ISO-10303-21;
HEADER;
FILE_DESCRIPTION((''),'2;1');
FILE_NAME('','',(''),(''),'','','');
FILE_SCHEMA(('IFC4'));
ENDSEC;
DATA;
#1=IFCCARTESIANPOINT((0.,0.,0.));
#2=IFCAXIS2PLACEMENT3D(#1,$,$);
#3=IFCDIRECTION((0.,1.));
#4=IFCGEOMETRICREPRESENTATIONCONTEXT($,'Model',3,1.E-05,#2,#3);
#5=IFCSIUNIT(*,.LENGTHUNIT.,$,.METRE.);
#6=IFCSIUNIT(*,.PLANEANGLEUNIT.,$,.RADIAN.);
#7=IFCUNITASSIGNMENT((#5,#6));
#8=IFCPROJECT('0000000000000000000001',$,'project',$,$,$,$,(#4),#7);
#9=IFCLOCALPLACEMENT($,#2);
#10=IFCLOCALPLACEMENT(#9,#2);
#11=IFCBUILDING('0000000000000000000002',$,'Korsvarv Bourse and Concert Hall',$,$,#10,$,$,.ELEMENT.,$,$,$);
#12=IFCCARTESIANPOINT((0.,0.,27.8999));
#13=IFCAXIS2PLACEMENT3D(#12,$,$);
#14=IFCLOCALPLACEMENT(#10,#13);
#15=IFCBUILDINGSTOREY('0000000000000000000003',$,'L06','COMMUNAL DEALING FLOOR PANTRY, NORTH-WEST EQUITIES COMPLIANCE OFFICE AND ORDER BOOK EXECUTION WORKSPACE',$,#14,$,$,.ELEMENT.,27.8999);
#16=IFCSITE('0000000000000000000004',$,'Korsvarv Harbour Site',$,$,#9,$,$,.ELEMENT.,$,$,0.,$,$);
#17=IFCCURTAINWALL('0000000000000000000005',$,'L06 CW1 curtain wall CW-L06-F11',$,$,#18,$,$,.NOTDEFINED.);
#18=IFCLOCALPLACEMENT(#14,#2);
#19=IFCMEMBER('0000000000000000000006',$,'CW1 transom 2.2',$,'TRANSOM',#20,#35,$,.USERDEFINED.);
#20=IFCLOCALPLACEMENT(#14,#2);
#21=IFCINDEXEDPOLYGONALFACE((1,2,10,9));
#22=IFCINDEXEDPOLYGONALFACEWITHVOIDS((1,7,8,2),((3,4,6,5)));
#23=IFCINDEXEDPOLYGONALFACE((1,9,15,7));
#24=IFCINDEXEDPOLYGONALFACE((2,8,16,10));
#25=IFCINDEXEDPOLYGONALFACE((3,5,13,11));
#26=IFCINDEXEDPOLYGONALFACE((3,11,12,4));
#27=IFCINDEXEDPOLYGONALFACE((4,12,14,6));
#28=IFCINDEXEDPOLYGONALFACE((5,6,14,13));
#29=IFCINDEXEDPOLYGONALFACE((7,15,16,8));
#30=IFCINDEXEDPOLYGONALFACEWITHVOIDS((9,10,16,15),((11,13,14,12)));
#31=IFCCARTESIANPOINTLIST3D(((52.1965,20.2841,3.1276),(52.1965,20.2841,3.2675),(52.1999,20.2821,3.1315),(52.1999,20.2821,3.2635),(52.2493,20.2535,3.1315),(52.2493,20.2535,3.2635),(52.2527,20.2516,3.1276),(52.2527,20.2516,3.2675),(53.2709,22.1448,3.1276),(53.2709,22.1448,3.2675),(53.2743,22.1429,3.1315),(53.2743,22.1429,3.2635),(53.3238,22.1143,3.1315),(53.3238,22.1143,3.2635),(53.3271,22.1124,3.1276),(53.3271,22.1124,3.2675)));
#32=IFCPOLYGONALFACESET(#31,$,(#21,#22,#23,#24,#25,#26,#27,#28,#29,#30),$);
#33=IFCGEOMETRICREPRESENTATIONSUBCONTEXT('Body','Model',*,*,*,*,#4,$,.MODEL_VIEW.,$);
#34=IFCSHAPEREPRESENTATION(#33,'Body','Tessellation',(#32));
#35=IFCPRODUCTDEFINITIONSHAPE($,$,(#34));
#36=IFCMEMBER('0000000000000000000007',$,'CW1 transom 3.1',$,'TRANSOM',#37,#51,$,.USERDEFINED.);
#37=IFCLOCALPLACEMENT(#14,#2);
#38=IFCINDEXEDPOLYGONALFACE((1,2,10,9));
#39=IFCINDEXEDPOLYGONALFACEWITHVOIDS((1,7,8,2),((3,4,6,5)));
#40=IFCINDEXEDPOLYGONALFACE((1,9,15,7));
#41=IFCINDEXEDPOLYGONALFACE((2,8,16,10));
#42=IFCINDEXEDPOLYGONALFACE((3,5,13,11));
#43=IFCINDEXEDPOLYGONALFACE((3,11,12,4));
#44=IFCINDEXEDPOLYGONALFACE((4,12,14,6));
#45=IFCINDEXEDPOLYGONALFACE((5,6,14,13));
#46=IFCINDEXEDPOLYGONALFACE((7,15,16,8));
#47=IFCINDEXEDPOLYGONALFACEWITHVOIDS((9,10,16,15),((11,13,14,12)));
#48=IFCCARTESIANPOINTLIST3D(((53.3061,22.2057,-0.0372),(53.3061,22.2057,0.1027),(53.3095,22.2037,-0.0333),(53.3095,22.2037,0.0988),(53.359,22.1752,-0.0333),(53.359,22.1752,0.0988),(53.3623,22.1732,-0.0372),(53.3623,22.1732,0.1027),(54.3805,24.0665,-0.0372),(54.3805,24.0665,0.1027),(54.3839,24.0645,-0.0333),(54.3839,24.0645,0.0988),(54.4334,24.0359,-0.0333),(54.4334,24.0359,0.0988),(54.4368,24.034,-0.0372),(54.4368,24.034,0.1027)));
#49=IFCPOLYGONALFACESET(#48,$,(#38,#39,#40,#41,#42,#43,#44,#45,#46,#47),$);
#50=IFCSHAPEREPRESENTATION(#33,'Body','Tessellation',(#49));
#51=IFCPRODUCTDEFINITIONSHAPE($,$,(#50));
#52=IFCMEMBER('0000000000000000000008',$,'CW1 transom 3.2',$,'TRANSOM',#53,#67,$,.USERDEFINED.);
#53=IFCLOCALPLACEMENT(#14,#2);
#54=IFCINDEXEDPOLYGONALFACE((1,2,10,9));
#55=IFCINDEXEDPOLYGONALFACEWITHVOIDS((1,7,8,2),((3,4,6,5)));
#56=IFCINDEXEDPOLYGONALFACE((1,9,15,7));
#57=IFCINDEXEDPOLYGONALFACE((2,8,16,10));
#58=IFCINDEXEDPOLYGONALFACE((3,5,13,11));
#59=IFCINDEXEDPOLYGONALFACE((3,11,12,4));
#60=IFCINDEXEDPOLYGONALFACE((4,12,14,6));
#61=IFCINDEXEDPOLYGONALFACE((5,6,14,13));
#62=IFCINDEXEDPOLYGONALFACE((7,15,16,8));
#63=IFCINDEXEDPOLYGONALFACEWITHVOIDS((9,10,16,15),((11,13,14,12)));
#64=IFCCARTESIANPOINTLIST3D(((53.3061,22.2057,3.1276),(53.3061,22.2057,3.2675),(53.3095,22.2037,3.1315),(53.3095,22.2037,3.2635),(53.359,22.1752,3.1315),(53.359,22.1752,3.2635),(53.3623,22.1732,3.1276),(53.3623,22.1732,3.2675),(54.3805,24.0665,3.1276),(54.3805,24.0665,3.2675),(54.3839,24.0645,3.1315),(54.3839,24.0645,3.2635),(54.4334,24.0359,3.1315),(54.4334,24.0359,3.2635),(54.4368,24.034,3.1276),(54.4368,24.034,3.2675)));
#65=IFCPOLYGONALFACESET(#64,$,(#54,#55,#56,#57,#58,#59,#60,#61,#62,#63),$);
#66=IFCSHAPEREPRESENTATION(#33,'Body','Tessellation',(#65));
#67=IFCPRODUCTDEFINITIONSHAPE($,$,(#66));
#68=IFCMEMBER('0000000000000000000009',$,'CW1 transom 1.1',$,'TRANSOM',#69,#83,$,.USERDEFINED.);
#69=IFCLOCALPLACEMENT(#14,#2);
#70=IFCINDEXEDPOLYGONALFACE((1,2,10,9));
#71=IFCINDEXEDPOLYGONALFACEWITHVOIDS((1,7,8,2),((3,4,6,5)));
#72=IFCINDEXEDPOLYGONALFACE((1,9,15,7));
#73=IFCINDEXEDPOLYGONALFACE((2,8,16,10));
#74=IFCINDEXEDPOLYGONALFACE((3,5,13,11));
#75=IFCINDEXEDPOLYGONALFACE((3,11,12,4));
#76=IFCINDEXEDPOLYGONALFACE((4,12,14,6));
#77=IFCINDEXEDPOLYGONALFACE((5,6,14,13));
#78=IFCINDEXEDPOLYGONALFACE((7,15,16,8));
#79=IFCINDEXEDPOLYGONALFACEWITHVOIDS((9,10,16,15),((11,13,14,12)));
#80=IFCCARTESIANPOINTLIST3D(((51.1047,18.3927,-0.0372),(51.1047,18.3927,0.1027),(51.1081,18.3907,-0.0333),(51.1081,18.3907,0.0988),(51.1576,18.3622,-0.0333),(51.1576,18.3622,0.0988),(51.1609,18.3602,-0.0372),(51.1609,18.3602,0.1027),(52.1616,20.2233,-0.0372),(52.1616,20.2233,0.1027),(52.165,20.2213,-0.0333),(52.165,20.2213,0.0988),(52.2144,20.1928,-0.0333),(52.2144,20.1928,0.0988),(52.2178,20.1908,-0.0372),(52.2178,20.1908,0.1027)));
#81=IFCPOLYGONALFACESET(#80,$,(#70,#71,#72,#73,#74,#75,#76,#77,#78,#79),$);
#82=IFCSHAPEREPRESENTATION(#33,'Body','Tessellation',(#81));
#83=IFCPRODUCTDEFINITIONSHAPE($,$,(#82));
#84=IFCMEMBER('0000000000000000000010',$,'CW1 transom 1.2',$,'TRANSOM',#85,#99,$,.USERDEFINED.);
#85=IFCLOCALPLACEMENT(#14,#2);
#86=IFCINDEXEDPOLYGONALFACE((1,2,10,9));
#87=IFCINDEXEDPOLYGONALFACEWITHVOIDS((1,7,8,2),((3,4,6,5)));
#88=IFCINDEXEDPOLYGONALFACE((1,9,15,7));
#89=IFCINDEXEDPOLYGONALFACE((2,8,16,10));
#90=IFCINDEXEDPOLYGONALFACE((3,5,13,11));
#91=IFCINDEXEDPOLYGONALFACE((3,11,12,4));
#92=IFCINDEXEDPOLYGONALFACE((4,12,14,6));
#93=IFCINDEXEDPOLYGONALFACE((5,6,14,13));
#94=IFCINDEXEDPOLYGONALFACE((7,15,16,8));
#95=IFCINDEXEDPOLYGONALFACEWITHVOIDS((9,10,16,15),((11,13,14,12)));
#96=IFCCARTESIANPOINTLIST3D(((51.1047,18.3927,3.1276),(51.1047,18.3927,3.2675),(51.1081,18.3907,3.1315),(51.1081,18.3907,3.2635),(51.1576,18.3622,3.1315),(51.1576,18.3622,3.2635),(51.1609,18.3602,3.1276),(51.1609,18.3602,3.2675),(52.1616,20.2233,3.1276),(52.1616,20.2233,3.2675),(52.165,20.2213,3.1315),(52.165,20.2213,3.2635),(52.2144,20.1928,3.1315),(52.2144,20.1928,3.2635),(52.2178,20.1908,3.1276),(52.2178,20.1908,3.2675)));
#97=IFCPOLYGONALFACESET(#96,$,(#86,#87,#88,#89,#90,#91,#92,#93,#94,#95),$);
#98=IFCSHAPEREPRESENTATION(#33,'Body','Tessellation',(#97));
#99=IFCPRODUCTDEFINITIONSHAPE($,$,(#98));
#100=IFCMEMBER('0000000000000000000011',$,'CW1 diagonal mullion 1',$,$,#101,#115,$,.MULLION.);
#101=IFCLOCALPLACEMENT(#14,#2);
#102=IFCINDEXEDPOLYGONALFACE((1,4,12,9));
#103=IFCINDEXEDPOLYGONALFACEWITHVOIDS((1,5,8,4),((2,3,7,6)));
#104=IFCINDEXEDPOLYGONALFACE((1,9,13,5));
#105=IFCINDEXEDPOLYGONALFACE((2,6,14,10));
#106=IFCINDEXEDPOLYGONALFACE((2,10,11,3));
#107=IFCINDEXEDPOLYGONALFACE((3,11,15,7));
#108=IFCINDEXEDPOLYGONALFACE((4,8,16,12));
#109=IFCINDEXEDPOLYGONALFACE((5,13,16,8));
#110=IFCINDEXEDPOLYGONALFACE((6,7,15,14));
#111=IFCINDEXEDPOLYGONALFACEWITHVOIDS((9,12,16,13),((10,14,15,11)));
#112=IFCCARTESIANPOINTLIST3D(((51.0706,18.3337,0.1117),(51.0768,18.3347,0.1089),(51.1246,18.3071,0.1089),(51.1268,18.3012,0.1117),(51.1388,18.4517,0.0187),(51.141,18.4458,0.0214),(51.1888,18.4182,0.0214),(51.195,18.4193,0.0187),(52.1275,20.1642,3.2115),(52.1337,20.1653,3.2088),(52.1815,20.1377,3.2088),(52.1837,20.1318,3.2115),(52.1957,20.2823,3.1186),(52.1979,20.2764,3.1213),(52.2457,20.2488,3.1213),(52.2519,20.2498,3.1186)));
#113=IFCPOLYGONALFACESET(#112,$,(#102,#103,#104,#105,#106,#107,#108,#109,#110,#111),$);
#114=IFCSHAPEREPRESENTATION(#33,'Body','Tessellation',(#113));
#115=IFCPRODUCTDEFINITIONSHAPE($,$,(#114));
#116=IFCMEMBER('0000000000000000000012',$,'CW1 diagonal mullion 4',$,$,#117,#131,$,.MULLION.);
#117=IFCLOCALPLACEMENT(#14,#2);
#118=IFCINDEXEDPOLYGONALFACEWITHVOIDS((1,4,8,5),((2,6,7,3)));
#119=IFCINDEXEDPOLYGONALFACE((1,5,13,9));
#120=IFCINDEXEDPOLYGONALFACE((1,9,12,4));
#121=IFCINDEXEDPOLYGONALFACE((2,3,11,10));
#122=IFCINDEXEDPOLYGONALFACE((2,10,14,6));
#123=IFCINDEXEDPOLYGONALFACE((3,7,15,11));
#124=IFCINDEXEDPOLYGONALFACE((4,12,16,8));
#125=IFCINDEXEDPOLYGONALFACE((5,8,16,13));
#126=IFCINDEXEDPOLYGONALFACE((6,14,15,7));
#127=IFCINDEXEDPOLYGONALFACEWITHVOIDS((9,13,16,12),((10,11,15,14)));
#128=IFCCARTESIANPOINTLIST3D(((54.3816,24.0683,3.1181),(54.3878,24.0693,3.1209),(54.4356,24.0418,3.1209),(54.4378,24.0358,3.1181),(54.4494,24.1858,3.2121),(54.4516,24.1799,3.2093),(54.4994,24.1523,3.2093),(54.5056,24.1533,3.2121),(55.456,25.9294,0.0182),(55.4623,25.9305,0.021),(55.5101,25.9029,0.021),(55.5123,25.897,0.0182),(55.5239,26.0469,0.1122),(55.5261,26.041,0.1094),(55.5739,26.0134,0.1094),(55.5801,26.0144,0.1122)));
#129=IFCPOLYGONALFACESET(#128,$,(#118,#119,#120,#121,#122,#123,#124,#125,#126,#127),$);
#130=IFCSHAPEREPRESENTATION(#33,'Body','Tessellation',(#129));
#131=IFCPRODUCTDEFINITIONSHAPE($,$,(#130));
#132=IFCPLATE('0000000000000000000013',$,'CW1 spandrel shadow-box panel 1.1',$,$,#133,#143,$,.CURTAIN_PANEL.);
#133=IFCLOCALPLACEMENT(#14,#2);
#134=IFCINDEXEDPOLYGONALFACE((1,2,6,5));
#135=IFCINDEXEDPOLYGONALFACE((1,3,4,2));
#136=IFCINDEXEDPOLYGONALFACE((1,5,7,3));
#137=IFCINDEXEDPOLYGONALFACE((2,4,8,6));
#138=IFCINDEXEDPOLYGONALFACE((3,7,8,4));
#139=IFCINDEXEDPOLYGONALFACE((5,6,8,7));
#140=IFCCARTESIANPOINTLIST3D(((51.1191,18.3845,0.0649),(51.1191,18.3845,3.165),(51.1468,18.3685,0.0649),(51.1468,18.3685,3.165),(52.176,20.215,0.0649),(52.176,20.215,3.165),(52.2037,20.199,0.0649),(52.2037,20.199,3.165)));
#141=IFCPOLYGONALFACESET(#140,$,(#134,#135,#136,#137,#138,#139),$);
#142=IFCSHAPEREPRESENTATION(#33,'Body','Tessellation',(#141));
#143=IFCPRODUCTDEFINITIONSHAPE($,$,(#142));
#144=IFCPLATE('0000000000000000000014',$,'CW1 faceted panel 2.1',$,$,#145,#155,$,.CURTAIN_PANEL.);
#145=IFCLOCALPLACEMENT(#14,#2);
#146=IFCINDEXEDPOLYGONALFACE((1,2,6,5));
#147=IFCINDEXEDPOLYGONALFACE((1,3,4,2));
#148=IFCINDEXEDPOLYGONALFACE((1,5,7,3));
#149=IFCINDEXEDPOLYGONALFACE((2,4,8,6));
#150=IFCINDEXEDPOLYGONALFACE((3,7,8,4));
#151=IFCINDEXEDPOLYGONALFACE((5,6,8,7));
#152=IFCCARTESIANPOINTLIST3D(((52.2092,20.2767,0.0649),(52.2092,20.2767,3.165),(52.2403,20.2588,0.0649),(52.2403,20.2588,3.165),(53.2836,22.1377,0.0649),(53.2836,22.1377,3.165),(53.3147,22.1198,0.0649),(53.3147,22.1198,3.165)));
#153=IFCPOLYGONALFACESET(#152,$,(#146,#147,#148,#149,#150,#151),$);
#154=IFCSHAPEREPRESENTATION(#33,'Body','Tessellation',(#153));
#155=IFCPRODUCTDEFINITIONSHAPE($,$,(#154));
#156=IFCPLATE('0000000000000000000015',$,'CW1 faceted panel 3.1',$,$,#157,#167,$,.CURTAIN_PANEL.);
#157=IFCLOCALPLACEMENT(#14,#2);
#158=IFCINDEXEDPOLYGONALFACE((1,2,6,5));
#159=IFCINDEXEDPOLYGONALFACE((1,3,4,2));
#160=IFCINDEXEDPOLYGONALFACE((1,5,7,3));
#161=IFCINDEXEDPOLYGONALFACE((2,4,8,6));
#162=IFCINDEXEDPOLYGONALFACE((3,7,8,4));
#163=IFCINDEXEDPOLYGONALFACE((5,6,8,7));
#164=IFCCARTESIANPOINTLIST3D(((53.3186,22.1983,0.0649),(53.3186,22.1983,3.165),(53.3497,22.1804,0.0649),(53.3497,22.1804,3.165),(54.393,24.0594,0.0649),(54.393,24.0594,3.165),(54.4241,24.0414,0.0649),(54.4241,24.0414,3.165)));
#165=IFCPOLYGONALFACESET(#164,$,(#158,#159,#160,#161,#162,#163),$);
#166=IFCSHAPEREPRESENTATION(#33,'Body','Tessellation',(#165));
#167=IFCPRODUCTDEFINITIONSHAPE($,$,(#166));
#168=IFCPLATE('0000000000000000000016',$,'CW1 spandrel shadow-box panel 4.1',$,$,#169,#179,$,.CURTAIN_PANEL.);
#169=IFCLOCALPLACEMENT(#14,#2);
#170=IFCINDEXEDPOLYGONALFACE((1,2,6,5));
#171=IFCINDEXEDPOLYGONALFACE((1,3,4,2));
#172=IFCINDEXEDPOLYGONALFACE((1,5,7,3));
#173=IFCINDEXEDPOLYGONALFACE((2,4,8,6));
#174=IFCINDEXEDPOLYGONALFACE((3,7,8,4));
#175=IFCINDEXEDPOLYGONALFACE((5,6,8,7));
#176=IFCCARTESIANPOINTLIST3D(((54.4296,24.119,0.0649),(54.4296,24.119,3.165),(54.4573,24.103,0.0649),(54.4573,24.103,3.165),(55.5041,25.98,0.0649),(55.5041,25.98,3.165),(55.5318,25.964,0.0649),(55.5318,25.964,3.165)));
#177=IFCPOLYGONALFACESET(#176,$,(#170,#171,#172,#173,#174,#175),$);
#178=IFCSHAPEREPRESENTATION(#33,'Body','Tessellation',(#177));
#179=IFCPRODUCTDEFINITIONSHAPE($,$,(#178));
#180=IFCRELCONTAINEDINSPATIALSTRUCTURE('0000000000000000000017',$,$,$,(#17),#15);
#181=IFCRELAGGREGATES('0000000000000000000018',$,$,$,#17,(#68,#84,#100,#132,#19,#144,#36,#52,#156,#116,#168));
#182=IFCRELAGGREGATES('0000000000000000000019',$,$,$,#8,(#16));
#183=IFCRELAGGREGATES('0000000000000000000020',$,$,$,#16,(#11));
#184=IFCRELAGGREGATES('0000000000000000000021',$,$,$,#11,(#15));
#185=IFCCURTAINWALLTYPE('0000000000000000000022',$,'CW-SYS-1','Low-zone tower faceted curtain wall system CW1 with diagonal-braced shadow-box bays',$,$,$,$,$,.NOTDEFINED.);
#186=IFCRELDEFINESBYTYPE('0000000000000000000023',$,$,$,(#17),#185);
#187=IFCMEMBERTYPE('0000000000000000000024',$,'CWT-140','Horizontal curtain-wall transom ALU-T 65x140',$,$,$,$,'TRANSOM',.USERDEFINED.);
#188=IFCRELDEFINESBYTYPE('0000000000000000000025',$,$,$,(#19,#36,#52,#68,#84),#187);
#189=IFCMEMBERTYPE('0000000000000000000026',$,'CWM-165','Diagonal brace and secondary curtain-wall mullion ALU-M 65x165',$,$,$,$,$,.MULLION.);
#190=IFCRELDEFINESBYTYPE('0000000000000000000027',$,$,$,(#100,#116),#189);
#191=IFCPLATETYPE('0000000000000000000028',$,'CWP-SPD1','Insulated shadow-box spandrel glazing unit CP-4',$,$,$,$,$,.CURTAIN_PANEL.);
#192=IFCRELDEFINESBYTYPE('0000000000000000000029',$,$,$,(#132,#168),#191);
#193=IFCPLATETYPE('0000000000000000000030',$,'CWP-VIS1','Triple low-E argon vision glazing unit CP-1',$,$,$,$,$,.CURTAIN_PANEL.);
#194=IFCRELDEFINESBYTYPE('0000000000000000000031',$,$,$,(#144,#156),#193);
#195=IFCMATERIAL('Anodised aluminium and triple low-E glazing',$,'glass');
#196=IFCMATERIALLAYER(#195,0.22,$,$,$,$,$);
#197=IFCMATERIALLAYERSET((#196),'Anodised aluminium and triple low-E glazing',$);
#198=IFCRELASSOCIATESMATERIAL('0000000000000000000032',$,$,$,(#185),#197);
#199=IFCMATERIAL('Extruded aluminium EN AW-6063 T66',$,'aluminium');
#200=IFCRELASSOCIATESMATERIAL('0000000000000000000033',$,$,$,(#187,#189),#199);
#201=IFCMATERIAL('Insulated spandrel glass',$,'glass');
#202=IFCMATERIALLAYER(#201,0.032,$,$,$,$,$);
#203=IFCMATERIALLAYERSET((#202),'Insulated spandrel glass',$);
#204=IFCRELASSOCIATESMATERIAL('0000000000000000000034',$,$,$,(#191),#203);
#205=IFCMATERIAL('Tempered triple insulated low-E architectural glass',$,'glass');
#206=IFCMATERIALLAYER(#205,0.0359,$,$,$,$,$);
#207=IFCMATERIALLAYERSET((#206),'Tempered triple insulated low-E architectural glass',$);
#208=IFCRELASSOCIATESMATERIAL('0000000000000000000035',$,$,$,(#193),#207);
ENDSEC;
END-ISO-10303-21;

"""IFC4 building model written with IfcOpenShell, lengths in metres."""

from ifc_helpers import new_model, si_unit, direction, frame, origin, origin_2d, place, context, subcontext, project, spatial, rectangle, hollow_rectangle, extrude, source, transform, mapped, material, layer, layer_set, material_profile, profile_set, type_object, element, aggregate, save


model = new_model("IFC4")

# Units and contexts
model_context = context("Model", 3, precision=1e-05, world=origin(), true_north=direction((0.0, 1.0)))
body_context = subcontext(model_context, "Body", "Model", "MODEL_VIEW")
ifc_project = project(units=[si_unit("LENGTHUNIT", "METRE"), si_unit("PLANEANGLEUNIT", "RADIAN")], contexts=[model_context])

# Site, building, storey
site_placement = place(None, origin())
site = spatial("IfcSite", under=ifc_project, at=site_placement, Name="Korsvarv Harbour Site", CompositionType="ELEMENT", RefElevation=0.0)
building_placement = place(site_placement, origin())
building = spatial("IfcBuilding", under=site, at=building_placement, Name="Korsvarv Bourse and Concert Hall", CompositionType="ELEMENT")
storey_placement = place(building_placement, frame((0.0, 0.0, 27.8999)))
storey = spatial("IfcBuildingStorey", under=building, at=storey_placement, Name="L06", Description="COMMUNAL DEALING FLOOR PANTRY, NORTH-WEST EQUITIES COMPLIANCE OFFICE AND ORDER BOOK EXECUTION WORKSPACE", CompositionType="ELEMENT", Elevation=27.8999)

# Curtain wall, members, plates
ifc_material_1 = material(Name="Anodised aluminium and triple low-E glazing", Category="glass")
ifc_layer_1 = layer(ifc_material_1, 0.22)
ifc_layer_set_1 = layer_set([ifc_layer_1], Name="Anodised aluminium and triple low-E glazing")
curtain_wall_type = type_object("IfcCurtainWallType", Name="CW-SYS-1", Description="Low-zone tower faceted curtain wall system CW1 with diagonal-braced shadow-box bays", PredefinedType="NOTDEFINED", material=ifc_layer_set_1)
curtain_wall_placement = place(storey_placement, origin())
curtain_wall = element("IfcCurtainWall", 1, at=curtain_wall_placement, inside=storey, type_object=curtain_wall_type, Name="L06 CW1 curtain wall CW-L06-F11", PredefinedType="NOTDEFINED")
ifc_material_2 = material(Name="Extruded aluminium EN AW-6063 T66", Category="aluminium")
ifc_material_profile_1 = material_profile(ifc_material_2, hollow_rectangle(XDim=0.0649, YDim=0.1399, WallThickness=0.0039, at=origin_2d()), Name="ALU-T 65x140")
ifc_profile_set_1 = profile_set([ifc_material_profile_1], Name="Extruded aluminium EN AW-6063 T66")
member_type_1 = type_object("IfcMemberType", Name="CWT-140", Description="Horizontal curtain-wall transom ALU-T 65x140", ElementType="TRANSOM", PredefinedType="USERDEFINED", material=ifc_profile_set_1)
shared_shape_1 = source(origin(), body_context, "Body", "SweptSolid", [
    extrude(hollow_rectangle(XDim=0.0649, YDim=0.1399, WallThickness=0.0039, at=origin_2d()), origin(), (0.0, 0.0, 1.0), 2.1487),
])
member_1_placement = place(storey_placement, frame((52.2246, 20.2678, 3.1975), z_axis=(0.500037, 0.866004, 0.0), x_axis=(-0.866004, 0.500037, 0.0)))
member_1 = element("IfcMember", 2, at=member_1_placement, type_object=member_type_1, Name="CW1 transom 2.2", ObjectType="TRANSOM", PredefinedType="USERDEFINED", context=body_context, shape_type="MappedRepresentation", body=[
    mapped(shared_shape_1, transform((0.0, 0.0, 0.0), scale=1.0)),
])
member_2_placement = place(storey_placement, frame((53.3342, 22.1895, 0.0327), z_axis=(0.500037, 0.866004, 0.0), x_axis=(-0.866004, 0.500037, 0.0)))
member_2 = element("IfcMember", 3, at=member_2_placement, type_object=member_type_1, Name="CW1 transom 3.1", ObjectType="TRANSOM", PredefinedType="USERDEFINED", context=body_context, shape_type="MappedRepresentation", body=[
    mapped(shared_shape_1, transform((0.0, 0.0, 0.0), scale=1.0)),
])
member_3_placement = place(storey_placement, frame((53.3342, 22.1895, 3.1975), z_axis=(0.500037, 0.866004, 0.0), x_axis=(-0.866004, 0.500037, 0.0)))
member_3 = element("IfcMember", 4, at=member_3_placement, type_object=member_type_1, Name="CW1 transom 3.2", ObjectType="TRANSOM", PredefinedType="USERDEFINED", context=body_context, shape_type="MappedRepresentation", body=[
    mapped(shared_shape_1, transform((0.0, 0.0, 0.0), scale=1.0)),
])
shared_shape_2 = source(origin(), body_context, "Body", "SweptSolid", [
    extrude(hollow_rectangle(XDim=0.0649, YDim=0.1399, WallThickness=0.0039, at=origin_2d()), origin(), (0.0, 0.0, 1.0), 2.1138),
])
member_4_placement = place(storey_placement, frame((51.1328, 18.3765, 0.0327), z_axis=(0.500002, 0.866024, 0.0), x_axis=(-0.866024, 0.500002, 0.0)))
member_4 = element("IfcMember", 5, at=member_4_placement, type_object=member_type_1, Name="CW1 transom 1.1", ObjectType="TRANSOM", PredefinedType="USERDEFINED", context=body_context, shape_type="MappedRepresentation", body=[
    mapped(shared_shape_2, transform((0.0, 0.0, 0.0), scale=1.0)),
])
member_5_placement = place(storey_placement, frame((51.1328, 18.3765, 3.1975), z_axis=(0.500002, 0.866024, 0.0), x_axis=(-0.866024, 0.500002, 0.0)))
member_5 = element("IfcMember", 6, at=member_5_placement, type_object=member_type_1, Name="CW1 transom 1.2", ObjectType="TRANSOM", PredefinedType="USERDEFINED", context=body_context, shape_type="MappedRepresentation", body=[
    mapped(shared_shape_2, transform((0.0, 0.0, 0.0), scale=1.0)),
])
ifc_material_profile_2 = material_profile(ifc_material_2, hollow_rectangle(XDim=0.0649, YDim=0.165, WallThickness=0.0049, at=origin_2d()), Name="ALU-M 65x165")
ifc_profile_set_2 = profile_set([ifc_material_profile_2], Name="Extruded aluminium EN AW-6063 T66")
member_type_2 = type_object("IfcMemberType", Name="CWM-165", Description="Diagonal brace and secondary curtain-wall mullion ALU-M 65x165", PredefinedType="MULLION", material=ifc_profile_set_2)
shared_shape_3 = source(origin(), body_context, "Body", "SweptSolid", [
    extrude(hollow_rectangle(XDim=0.0649, YDim=0.165, WallThickness=0.0049, at=origin_2d()), origin(), (0.0, 0.0, 1.0), 3.752),
])
member_6_placement = place(storey_placement, frame((51.1328, 18.3765, 0.0652), z_axis=(0.28169, 0.487898, 0.8262), x_axis=(-0.866024, 0.500002, 0.0)))
member_6 = element("IfcMember", 7, at=member_6_placement, type_object=member_type_2, Name="CW1 diagonal mullion 1", PredefinedType="MULLION", context=body_context, shape_type="MappedRepresentation", body=[
    mapped(shared_shape_3, transform((0.0, 0.0, 0.0), scale=1.0)),
])
shared_shape_4 = source(origin(), body_context, "Body", "SweptSolid", [
    extrude(hollow_rectangle(XDim=0.0649, YDim=0.165, WallThickness=0.0049, at=origin_2d()), origin(), (0.0, 0.0, 1.0), 3.772),
])
member_7_placement = place(storey_placement, frame((55.5181, 25.9719, 0.0652), z_axis=(-0.28486, -0.493408, 0.821829), x_axis=(0.866032, -0.499988, 0.0)))
member_7 = element("IfcMember", 8, at=member_7_placement, type_object=member_type_2, Name="CW1 diagonal mullion 4", PredefinedType="MULLION", context=body_context, shape_type="MappedRepresentation", body=[
    mapped(shared_shape_4, transform((0.0, 0.0, 0.0), scale=1.0)),
])
ifc_material_3 = material(Name="Insulated spandrel glass", Category="glass")
ifc_layer_2 = layer(ifc_material_3, 0.032)
ifc_layer_set_2 = layer_set([ifc_layer_2], Name="Insulated spandrel glass")
plate_type_1 = type_object("IfcPlateType", Name="CWP-SPD1", Description="Insulated shadow-box spandrel glazing unit CP-4", PredefinedType="CURTAIN_PANEL", material=ifc_layer_set_2)
shared_shape_5 = source(origin(), body_context, "Body", "SweptSolid", [
    extrude(rectangle(XDim=2.1138, YDim=0.032, at=origin_2d()), origin(), (0.0, 0.0, 1.0), 3.1001),
])
plate_1_placement = place(storey_placement, frame((51.6614, 19.2917, 0.0649), z_axis=(0.0, 0.0, 1.0), x_axis=(0.499995, 0.866029, 0.0)))
plate_1 = element("IfcPlate", 9, at=plate_1_placement, type_object=plate_type_1, Name="CW1 spandrel shadow-box panel 1.1", PredefinedType="CURTAIN_PANEL", context=body_context, shape_type="MappedRepresentation", body=[
    mapped(shared_shape_5, transform((0.0, 0.0, 0.0), scale=1.0)),
])
ifc_material_4 = material(Name="Tempered triple insulated low-E architectural glass", Category="glass")
ifc_layer_3 = layer(ifc_material_4, 0.0359)
ifc_layer_set_3 = layer_set([ifc_layer_3], Name="Tempered triple insulated low-E architectural glass")
plate_type_2 = type_object("IfcPlateType", Name="CWP-VIS1", Description="Triple low-E argon vision glazing unit CP-1", PredefinedType="CURTAIN_PANEL", material=ifc_layer_set_3)
shared_shape_6 = source(origin(), body_context, "Body", "SweptSolid", [
    extrude(rectangle(XDim=2.1489, YDim=0.0359, at=origin_2d()), origin(), (0.0, 0.0, 1.0), 3.1001),
])
plate_2_placement = place(storey_placement, frame((52.762, 21.1982, 0.0649), z_axis=(0.0, 0.0, 1.0), x_axis=(0.499995, 0.866029, 0.0)))
plate_2 = element("IfcPlate", 10, at=plate_2_placement, type_object=plate_type_2, Name="CW1 faceted panel 2.1", PredefinedType="CURTAIN_PANEL", context=body_context, shape_type="MappedRepresentation", body=[
    mapped(shared_shape_6, transform((0.0, 0.0, 0.0), scale=1.0)),
])
plate_3_placement = place(storey_placement, frame((53.8713, 23.1199, 0.0649), z_axis=(0.0, 0.0, 1.0), x_axis=(0.499995, 0.866029, 0.0)))
plate_3 = element("IfcPlate", 11, at=plate_3_placement, type_object=plate_type_2, Name="CW1 faceted panel 3.1", PredefinedType="CURTAIN_PANEL", context=body_context, shape_type="MappedRepresentation", body=[
    mapped(shared_shape_6, transform((0.0, 0.0, 0.0), scale=1.0)),
])
shared_shape_7 = source(origin(), body_context, "Body", "SweptSolid", [
    extrude(rectangle(XDim=2.1489, YDim=0.032, at=origin_2d()), origin(), (0.0, 0.0, 1.0), 3.1001),
])
plate_4_placement = place(storey_placement, frame((54.9807, 25.0415, 0.0649), z_axis=(0.0, 0.0, 1.0), x_axis=(0.499995, 0.866029, 0.0)))
plate_4 = element("IfcPlate", 12, at=plate_4_placement, type_object=plate_type_1, Name="CW1 spandrel shadow-box panel 4.1", PredefinedType="CURTAIN_PANEL", context=body_context, shape_type="MappedRepresentation", body=[
    mapped(shared_shape_7, transform((0.0, 0.0, 0.0), scale=1.0)),
])
aggregate(curtain_wall, [member_4, member_5, member_6, plate_1, member_1, plate_2, member_2, member_3, plate_3, member_7, plate_4])

save(model, "model.ifc")
